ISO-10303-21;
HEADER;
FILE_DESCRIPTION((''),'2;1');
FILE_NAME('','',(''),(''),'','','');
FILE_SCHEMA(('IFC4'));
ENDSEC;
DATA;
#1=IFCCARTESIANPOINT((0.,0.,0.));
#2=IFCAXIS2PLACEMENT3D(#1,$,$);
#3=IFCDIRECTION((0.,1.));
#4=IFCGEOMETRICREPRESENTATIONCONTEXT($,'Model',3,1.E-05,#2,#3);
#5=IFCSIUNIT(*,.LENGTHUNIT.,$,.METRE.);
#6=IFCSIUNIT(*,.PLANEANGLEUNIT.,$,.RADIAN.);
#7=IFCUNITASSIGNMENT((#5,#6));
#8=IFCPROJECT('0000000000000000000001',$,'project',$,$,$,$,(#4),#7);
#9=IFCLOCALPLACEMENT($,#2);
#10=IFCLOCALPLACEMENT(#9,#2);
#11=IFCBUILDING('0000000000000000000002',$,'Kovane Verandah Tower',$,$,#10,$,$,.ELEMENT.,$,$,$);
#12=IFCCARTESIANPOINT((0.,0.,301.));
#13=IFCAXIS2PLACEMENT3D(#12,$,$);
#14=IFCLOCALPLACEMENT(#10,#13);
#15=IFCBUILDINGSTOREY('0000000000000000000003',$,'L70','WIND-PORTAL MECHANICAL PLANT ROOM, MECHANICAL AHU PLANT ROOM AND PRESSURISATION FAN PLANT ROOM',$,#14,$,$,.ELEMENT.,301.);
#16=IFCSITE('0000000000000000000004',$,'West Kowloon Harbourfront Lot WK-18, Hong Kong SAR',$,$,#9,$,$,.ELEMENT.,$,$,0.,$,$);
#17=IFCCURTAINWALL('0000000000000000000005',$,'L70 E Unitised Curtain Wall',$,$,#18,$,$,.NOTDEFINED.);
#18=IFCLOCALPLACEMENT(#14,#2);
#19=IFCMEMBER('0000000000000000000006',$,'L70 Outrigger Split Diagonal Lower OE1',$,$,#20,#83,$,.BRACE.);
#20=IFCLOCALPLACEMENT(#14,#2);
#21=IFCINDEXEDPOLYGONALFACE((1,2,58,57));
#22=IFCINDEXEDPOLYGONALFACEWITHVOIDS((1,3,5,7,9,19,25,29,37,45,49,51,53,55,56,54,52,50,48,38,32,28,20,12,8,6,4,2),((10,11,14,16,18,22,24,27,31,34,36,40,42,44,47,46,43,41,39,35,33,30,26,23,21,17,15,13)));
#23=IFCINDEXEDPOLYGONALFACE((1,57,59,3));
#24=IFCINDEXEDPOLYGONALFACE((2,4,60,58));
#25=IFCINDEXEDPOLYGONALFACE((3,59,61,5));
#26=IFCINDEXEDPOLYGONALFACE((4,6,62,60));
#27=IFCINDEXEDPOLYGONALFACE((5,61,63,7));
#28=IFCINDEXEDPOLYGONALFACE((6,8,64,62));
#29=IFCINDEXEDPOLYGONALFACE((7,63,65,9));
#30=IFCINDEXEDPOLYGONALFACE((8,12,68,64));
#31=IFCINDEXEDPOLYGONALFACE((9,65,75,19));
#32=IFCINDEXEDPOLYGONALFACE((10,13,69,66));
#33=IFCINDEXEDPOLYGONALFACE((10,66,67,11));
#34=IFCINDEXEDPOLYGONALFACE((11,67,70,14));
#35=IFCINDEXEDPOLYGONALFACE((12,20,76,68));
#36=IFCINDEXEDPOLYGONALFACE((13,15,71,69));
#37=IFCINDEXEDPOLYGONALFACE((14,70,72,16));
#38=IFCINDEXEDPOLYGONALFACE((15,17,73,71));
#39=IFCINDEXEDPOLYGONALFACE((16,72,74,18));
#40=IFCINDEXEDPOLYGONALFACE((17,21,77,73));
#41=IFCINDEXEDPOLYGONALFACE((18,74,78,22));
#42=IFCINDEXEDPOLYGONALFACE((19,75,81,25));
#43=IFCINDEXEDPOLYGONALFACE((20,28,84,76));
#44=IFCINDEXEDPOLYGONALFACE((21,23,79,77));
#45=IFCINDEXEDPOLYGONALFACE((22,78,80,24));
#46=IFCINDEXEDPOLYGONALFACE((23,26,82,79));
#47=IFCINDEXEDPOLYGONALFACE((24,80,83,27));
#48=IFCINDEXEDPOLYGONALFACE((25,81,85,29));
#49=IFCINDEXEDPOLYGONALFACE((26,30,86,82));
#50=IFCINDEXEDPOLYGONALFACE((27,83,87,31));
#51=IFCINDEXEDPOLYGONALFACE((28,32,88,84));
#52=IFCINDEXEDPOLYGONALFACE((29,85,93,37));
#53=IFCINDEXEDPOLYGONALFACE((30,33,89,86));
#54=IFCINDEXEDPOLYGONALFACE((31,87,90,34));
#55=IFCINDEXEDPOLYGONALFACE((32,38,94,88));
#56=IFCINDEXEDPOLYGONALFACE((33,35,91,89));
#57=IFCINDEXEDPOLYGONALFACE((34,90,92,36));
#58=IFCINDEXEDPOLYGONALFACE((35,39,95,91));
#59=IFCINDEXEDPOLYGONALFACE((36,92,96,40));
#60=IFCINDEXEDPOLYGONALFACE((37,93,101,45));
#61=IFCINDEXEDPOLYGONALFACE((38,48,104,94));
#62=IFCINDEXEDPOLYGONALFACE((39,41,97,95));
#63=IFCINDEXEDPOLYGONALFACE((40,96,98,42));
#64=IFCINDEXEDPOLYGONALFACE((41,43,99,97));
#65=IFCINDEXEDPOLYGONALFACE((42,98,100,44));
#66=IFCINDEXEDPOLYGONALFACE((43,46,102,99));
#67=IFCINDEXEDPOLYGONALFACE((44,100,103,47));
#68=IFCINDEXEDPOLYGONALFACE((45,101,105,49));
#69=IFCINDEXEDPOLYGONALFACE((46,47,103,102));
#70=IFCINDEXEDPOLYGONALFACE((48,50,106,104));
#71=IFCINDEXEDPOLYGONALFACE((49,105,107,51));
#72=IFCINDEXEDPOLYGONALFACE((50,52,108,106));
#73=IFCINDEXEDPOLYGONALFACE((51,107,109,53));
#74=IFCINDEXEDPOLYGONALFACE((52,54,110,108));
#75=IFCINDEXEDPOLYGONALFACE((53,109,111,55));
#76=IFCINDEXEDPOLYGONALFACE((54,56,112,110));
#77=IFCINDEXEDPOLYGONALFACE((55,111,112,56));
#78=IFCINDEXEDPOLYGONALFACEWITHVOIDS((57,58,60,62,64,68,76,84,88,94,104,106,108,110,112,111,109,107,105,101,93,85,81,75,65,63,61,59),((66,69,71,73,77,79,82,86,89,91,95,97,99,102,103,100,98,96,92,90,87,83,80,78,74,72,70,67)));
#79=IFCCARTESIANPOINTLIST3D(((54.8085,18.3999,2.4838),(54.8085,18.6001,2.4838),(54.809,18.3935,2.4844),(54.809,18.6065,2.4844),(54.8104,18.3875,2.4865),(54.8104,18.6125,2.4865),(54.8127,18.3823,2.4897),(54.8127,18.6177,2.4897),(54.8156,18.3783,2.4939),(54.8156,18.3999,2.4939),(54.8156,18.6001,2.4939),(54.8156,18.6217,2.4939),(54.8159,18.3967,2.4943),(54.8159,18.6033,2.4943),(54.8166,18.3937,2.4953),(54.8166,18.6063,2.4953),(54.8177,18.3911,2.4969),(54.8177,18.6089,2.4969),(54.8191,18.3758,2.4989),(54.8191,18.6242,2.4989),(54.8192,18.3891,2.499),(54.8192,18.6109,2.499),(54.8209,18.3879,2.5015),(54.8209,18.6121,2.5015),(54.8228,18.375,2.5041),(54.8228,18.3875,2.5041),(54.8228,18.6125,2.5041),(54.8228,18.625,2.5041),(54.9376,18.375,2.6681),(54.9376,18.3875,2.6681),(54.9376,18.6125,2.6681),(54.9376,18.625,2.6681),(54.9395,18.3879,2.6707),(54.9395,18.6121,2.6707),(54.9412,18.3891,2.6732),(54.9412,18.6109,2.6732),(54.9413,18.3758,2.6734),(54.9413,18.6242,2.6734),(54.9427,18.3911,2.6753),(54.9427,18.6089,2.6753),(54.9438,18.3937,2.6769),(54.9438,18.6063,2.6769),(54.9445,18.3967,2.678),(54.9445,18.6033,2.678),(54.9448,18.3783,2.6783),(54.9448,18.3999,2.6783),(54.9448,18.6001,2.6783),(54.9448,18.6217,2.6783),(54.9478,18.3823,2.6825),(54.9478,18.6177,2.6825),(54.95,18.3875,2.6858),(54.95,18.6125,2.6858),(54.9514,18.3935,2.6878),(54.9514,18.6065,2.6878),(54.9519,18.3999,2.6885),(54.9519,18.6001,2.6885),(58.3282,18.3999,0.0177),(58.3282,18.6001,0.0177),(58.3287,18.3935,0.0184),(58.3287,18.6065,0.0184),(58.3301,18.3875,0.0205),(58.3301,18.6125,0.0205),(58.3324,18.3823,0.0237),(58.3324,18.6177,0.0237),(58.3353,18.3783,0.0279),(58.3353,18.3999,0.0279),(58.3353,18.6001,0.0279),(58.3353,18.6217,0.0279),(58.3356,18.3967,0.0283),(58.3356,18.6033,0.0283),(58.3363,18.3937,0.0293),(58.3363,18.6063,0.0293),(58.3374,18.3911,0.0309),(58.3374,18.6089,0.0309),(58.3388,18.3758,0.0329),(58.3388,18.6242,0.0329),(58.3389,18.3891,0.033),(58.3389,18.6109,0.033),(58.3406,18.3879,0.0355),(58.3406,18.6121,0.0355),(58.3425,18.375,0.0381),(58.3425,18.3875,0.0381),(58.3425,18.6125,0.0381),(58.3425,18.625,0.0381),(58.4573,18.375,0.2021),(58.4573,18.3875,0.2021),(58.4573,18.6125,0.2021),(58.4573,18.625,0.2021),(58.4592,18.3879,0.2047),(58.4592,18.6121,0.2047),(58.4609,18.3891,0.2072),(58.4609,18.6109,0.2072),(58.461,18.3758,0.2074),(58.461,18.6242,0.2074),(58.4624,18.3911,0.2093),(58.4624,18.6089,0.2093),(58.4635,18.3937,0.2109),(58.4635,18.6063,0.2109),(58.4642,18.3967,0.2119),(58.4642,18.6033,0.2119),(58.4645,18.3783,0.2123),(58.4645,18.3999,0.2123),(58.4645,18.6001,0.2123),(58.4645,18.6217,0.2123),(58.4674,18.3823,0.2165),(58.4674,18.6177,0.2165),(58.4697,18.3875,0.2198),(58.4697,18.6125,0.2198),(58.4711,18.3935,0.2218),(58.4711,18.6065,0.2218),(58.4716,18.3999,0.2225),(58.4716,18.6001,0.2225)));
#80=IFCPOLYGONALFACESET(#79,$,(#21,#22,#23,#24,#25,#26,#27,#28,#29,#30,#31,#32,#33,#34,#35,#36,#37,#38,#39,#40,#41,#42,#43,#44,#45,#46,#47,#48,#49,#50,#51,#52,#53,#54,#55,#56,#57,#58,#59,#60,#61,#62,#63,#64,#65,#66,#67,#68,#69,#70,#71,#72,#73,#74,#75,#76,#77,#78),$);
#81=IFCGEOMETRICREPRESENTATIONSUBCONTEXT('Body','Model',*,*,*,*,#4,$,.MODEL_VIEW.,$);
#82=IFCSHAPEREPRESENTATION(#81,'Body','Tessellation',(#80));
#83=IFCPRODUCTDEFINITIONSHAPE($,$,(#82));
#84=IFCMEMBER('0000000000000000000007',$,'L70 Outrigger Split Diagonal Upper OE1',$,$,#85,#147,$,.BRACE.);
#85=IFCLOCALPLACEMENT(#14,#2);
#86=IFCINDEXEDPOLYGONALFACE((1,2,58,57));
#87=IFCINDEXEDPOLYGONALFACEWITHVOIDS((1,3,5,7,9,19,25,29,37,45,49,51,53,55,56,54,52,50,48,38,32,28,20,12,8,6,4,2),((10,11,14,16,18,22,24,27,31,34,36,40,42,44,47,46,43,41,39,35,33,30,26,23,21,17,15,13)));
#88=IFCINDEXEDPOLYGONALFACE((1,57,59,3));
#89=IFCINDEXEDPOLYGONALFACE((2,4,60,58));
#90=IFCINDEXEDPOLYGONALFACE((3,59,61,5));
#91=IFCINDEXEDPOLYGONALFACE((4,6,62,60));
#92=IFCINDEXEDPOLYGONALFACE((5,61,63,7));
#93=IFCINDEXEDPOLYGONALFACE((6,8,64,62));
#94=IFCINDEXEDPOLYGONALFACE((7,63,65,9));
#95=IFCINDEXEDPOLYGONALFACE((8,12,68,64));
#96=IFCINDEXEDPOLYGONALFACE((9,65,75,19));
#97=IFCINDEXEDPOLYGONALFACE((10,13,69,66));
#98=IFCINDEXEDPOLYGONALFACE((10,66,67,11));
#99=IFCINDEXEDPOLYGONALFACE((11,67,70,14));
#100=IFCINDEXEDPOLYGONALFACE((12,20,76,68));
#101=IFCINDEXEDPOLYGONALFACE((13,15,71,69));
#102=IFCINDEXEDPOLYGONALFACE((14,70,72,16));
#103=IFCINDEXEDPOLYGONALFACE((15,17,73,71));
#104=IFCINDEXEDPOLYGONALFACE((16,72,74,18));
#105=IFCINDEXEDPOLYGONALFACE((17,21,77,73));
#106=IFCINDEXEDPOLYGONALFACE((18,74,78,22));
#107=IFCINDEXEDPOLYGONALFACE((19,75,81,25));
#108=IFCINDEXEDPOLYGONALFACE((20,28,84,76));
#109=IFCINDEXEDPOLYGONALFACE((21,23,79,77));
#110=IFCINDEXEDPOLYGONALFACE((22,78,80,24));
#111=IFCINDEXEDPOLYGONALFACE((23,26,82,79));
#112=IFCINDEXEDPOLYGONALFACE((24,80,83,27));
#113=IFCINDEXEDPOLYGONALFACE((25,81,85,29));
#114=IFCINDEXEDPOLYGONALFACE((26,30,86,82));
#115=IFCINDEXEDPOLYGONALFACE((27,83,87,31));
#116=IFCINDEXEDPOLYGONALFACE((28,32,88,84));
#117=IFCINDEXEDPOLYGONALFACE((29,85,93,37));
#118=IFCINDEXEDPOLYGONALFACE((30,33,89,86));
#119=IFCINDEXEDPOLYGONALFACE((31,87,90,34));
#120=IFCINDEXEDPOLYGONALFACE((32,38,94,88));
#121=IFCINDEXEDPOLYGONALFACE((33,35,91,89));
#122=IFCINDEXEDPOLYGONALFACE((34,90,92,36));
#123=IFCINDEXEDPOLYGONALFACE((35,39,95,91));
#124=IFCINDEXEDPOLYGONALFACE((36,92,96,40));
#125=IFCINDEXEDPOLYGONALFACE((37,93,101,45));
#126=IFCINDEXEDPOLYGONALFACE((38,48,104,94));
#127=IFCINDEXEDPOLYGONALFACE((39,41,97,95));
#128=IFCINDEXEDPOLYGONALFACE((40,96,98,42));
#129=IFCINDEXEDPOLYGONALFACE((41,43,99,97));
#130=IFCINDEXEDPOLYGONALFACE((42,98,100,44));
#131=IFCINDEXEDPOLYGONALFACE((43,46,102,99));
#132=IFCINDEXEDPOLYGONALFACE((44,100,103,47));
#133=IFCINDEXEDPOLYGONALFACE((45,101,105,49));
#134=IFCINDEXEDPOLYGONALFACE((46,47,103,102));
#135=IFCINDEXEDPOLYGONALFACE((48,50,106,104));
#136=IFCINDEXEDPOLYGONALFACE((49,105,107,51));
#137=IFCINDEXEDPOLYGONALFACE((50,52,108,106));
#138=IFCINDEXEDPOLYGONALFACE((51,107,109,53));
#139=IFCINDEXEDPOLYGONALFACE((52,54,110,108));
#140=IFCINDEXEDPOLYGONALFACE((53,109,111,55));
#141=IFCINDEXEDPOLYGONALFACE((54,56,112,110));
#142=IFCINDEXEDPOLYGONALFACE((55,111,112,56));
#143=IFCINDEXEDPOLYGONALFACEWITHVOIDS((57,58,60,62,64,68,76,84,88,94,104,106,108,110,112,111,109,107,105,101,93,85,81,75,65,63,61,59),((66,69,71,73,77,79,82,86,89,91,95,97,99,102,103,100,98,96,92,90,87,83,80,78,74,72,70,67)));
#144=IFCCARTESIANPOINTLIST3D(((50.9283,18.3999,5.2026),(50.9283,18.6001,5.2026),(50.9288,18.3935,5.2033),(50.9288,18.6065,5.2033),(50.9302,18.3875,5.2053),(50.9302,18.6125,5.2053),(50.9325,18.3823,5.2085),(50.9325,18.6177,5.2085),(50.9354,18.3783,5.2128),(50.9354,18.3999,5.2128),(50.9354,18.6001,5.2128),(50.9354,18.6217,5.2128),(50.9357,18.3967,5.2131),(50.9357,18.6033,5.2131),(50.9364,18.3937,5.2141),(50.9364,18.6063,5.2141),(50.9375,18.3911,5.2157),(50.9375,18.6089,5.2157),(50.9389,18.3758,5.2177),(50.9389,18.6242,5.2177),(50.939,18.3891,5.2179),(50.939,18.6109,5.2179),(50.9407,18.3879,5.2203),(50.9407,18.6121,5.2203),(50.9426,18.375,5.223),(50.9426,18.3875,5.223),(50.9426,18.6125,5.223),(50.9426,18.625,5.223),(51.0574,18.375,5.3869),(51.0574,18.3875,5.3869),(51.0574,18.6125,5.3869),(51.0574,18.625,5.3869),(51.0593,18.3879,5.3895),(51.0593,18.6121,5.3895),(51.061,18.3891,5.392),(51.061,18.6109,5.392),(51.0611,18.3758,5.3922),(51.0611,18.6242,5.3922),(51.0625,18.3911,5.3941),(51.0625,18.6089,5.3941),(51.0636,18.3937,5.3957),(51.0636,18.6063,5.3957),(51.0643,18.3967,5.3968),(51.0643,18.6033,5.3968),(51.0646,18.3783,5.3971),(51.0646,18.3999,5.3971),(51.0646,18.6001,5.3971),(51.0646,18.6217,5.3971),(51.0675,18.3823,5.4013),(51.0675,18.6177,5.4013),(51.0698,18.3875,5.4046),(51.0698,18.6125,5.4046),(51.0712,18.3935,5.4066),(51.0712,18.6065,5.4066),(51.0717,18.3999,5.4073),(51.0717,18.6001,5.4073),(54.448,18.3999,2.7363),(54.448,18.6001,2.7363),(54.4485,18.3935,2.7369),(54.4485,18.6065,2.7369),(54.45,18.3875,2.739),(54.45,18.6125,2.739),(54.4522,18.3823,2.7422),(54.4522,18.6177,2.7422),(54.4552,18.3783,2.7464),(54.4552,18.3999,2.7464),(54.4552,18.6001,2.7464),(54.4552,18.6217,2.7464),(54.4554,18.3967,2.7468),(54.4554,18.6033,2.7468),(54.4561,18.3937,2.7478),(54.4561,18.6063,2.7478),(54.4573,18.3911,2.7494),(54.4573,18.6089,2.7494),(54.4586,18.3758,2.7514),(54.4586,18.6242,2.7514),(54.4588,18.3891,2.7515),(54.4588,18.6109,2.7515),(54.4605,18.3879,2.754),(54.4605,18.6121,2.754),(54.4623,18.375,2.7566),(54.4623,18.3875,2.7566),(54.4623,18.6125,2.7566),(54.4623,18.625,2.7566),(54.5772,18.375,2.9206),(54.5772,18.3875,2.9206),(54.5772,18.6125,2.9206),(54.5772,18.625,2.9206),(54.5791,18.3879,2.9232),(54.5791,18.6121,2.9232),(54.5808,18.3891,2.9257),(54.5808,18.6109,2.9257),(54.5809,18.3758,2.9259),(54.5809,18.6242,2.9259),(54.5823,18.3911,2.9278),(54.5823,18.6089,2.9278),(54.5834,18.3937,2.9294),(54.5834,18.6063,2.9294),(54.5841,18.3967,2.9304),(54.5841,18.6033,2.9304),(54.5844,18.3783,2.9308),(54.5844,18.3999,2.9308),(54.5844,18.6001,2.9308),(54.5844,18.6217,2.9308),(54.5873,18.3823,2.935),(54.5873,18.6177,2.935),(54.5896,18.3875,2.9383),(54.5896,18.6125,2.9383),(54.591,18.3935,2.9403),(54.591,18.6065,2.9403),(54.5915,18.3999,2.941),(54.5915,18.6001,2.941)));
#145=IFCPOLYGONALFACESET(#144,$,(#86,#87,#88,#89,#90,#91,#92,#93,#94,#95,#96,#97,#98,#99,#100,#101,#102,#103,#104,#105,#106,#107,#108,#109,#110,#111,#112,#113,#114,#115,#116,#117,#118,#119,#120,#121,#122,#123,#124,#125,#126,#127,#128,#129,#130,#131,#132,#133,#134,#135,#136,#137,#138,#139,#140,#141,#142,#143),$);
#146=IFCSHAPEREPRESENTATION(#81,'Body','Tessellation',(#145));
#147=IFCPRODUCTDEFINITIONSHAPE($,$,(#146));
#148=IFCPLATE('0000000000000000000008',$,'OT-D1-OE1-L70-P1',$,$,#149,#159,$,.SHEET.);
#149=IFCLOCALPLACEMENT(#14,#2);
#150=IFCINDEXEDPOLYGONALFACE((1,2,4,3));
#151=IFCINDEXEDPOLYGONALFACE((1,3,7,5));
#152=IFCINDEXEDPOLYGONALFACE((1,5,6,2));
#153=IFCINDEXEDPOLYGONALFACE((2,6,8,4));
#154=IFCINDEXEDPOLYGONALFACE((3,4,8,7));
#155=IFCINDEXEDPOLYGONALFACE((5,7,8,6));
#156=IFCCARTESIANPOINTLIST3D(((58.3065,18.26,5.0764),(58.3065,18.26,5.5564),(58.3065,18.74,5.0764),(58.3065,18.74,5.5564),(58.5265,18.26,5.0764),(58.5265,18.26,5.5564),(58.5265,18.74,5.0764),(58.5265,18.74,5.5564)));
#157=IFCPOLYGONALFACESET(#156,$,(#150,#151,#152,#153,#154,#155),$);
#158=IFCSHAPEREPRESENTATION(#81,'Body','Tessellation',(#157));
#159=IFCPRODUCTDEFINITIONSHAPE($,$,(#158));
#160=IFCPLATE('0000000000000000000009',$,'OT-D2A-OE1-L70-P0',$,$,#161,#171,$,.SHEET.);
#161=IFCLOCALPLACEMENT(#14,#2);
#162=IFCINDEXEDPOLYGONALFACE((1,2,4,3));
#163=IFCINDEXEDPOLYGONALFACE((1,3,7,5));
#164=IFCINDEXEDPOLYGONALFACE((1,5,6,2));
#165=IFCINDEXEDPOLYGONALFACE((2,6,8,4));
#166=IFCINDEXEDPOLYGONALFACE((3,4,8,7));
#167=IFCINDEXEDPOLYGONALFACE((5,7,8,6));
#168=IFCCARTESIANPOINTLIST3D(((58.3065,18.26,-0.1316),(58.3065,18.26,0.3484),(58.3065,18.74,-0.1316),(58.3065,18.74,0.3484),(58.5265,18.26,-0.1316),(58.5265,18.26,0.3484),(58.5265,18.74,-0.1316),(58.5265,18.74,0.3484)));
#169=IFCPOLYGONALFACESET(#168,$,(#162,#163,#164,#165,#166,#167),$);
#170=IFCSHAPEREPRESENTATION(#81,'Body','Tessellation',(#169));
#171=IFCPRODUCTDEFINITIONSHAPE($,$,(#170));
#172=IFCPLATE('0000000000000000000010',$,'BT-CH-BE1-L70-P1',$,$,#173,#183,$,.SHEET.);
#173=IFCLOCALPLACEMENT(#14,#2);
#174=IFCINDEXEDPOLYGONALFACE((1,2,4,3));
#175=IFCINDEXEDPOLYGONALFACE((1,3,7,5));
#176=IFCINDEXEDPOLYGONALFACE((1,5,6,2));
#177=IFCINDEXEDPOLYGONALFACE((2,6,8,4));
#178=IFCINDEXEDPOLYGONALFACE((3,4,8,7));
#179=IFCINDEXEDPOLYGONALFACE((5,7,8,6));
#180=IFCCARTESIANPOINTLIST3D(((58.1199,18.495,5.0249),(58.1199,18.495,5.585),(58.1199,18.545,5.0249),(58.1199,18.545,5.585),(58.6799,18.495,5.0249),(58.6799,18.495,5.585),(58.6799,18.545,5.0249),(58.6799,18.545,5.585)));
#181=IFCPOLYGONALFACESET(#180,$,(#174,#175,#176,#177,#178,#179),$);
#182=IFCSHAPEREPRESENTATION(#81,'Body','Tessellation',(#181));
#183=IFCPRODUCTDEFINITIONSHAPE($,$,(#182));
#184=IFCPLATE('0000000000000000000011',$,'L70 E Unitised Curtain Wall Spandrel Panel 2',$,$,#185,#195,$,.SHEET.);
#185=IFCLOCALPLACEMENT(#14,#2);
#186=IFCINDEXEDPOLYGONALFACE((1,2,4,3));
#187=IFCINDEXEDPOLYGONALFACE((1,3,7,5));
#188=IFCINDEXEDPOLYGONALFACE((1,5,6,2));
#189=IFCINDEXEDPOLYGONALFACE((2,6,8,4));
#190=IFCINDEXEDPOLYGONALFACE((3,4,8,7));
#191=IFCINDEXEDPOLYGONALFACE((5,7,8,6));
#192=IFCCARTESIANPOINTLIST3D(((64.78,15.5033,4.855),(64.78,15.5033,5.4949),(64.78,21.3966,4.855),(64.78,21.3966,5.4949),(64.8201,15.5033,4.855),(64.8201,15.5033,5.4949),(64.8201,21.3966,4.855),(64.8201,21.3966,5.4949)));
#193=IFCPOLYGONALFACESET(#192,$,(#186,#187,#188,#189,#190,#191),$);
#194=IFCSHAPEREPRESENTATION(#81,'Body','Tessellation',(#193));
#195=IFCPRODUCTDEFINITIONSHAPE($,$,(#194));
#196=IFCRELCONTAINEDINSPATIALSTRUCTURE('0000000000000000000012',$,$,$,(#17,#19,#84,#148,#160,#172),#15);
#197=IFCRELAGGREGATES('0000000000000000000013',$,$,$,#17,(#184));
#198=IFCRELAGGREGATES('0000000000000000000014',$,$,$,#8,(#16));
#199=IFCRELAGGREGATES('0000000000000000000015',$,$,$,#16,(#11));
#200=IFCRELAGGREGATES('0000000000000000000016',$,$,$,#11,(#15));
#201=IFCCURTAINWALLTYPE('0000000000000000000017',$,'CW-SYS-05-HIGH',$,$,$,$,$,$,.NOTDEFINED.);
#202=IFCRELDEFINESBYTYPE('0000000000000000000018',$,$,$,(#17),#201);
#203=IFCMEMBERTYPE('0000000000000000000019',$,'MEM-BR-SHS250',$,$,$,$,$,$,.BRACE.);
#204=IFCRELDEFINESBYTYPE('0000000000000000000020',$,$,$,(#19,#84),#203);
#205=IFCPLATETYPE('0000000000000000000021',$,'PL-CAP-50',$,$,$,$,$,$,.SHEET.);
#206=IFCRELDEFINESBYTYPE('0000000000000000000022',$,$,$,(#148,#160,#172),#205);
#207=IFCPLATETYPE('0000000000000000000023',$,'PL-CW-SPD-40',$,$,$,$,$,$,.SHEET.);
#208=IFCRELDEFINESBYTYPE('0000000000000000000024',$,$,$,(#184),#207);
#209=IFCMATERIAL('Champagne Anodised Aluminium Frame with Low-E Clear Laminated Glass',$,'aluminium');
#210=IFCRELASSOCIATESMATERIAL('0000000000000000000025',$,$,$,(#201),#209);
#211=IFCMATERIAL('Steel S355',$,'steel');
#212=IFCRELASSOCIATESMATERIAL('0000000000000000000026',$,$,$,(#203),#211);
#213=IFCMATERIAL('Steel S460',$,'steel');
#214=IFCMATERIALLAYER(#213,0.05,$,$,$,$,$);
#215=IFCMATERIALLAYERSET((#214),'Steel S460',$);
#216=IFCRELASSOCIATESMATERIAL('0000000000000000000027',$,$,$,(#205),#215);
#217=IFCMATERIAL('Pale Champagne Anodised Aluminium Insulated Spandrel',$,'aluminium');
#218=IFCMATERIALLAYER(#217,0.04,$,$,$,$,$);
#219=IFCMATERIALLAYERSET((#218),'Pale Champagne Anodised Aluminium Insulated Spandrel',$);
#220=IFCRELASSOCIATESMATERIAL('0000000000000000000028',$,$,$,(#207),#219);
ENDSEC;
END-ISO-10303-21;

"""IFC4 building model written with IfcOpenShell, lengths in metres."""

from ifc_helpers import new_model, si_unit, direction, frame, origin, origin_2d, place, context, subcontext, project, spatial, rectangle, hollow_rectangle, extrude, material, layer, layer_set, material_profile, profile_set, type_object, element, aggregate, save


model = new_model("IFC4")

# Units and contexts
model_context = context("Model", 3, precision=1e-05, world=origin(), true_north=direction((0.0, 1.0)))
body_context = subcontext(model_context, "Body", "Model", "MODEL_VIEW")
ifc_project = project(units=[si_unit("LENGTHUNIT", "METRE"), si_unit("PLANEANGLEUNIT", "RADIAN")], contexts=[model_context])

# Site, building, storey
site_placement = place(None, origin())
site = spatial("IfcSite", under=ifc_project, at=site_placement, Name="West Kowloon Harbourfront Lot WK-18, Hong Kong SAR", CompositionType="ELEMENT", RefElevation=0.0)
building_placement = place(site_placement, origin())
building = spatial("IfcBuilding", under=site, at=building_placement, Name="Kovane Verandah Tower", CompositionType="ELEMENT")
storey_placement = place(building_placement, frame((0.0, 0.0, 301.0)))
storey = spatial("IfcBuildingStorey", under=building, at=storey_placement, Name="L70", Description="WIND-PORTAL MECHANICAL PLANT ROOM, MECHANICAL AHU PLANT ROOM AND PRESSURISATION FAN PLANT ROOM", CompositionType="ELEMENT", Elevation=301.0)

# Shared definitions
ifc_material_1 = material(Name="Steel S460", Category="steel")

# Curtain wall
ifc_material_2 = material(Name="Champagne Anodised Aluminium Frame with Low-E Clear Laminated Glass", Category="aluminium")
curtain_wall_type = type_object("IfcCurtainWallType", Name="CW-SYS-05-HIGH", PredefinedType="NOTDEFINED", material=ifc_material_2)
curtain_wall_placement = place(storey_placement, origin())
curtain_wall = element("IfcCurtainWall", 1, at=curtain_wall_placement, inside=storey, type_object=curtain_wall_type, Name="L70 E Unitised Curtain Wall", PredefinedType="NOTDEFINED")

# Members
ifc_material_3 = material(Name="Steel S355", Category="steel")
ifc_material_profile_1 = material_profile(ifc_material_3, hollow_rectangle(XDim=0.25, YDim=0.25, WallThickness=0.0125, InnerFilletRadius=0.0125, OuterFilletRadius=0.0249, at=origin_2d()), Name="SHS250x250x12.5")
ifc_profile_set_1 = profile_set([ifc_material_profile_1], Name="Steel S355")
member_type_1 = type_object("IfcMemberType", Name="MEM-BR-SHS250", PredefinedType="BRACE", material=ifc_profile_set_1)
member_1_placement = place(storey_placement, frame((58.3999, 18.5, 0.1201), z_axis=(-0.818989, 0.0, 0.573809), x_axis=(0.0, -1.0, 0.0)))
element("IfcMember", 2, at=member_1_placement, inside=storey, type_object=member_type_1, Name="L70 Outrigger Split Diagonal Lower OE1", PredefinedType="BRACE", context=body_context, shape_type="SweptSolid", body=[
    extrude(hollow_rectangle(XDim=0.25, YDim=0.25, WallThickness=0.0125, InnerFilletRadius=0.0125, OuterFilletRadius=0.0249, at=origin_2d()), origin(), (0.0, 0.0, 1.0), 4.2976),
])
member_2_placement = place(storey_placement, frame((54.5198, 18.5, 2.8386), z_axis=(-0.818962, 0.0, 0.573847), x_axis=(0.0, -1.0, 0.0)))
element("IfcMember", 3, at=member_2_placement, inside=storey, type_object=member_type_1, Name="L70 Outrigger Split Diagonal Upper OE1", PredefinedType="BRACE", context=body_context, shape_type="SweptSolid", body=[
    extrude(hollow_rectangle(XDim=0.25, YDim=0.25, WallThickness=0.0125, InnerFilletRadius=0.0125, OuterFilletRadius=0.0249, at=origin_2d()), origin(), (0.0, 0.0, 1.0), 4.2979),
])

# Plates
ifc_layer_1 = layer(ifc_material_1, 0.05)
ifc_layer_set_1 = layer_set([ifc_layer_1], Name="Steel S460")
plate_type_1 = type_object("IfcPlateType", Name="PL-CAP-50", PredefinedType="SHEET", material=ifc_layer_set_1)
for number, where, z_axis, x_axis, name in (
    (4, (58.4165, 18.5, 5.0764), (0.0, 0.0, 1.0), (1.0, 0.0, 0.0), "OT-D1-OE1-L70-P1"),
    (5, (58.4165, 18.5, -0.1316), (0.0, 0.0, 1.0), (-1.0, 0.0, 0.0), "OT-D2A-OE1-L70-P0"),
):
    element("IfcPlate", number, at=place(storey_placement, frame(where, z_axis=z_axis, x_axis=x_axis)), inside=storey, type_object=plate_type_1, Name=name, PredefinedType="SHEET", context=body_context, shape_type="SweptSolid", body=[
        extrude(rectangle(XDim=0.22, YDim=0.48, at=origin_2d()), origin(), (0.0, 0.0, 1.0), 0.48),
    ])
plate_1_placement = place(storey_placement, frame((58.3999, 18.52, 5.0249), z_axis=(0.0, 0.0, 1.0), x_axis=(0.0, 1.0, 0.0)))
element("IfcPlate", 6, at=plate_1_placement, inside=storey, type_object=plate_type_1, Name="BT-CH-BE1-L70-P1", PredefinedType="SHEET", context=body_context, shape_type="SweptSolid", body=[
    extrude(rectangle(XDim=0.05, YDim=0.5601, at=origin_2d()), origin(), (0.0, 0.0, 1.0), 0.5601),
])

# Plate
ifc_material_4 = material(Name="Pale Champagne Anodised Aluminium Insulated Spandrel", Category="aluminium")
ifc_layer_2 = layer(ifc_material_4, 0.04)
ifc_layer_set_2 = layer_set([ifc_layer_2], Name="Pale Champagne Anodised Aluminium Insulated Spandrel")
plate_type_2 = type_object("IfcPlateType", Name="PL-CW-SPD-40", PredefinedType="SHEET", material=ifc_layer_set_2)
plate_2_placement = place(storey_placement, frame((64.8, 18.45, 4.855), z_axis=(0.0, 0.0, 1.0), x_axis=(0.0, 1.0, 0.0)))
plate_2 = element("IfcPlate", 7, at=plate_2_placement, type_object=plate_type_2, Name="L70 E Unitised Curtain Wall Spandrel Panel 2", PredefinedType="SHEET", context=body_context, shape_type="SweptSolid", body=[
    extrude(rectangle(XDim=5.8933, YDim=0.04, at=origin_2d()), origin(), (0.0, 0.0, 1.0), 0.6399),
])
aggregate(curtain_wall, [plate_2])

save(model, "model.ifc")
